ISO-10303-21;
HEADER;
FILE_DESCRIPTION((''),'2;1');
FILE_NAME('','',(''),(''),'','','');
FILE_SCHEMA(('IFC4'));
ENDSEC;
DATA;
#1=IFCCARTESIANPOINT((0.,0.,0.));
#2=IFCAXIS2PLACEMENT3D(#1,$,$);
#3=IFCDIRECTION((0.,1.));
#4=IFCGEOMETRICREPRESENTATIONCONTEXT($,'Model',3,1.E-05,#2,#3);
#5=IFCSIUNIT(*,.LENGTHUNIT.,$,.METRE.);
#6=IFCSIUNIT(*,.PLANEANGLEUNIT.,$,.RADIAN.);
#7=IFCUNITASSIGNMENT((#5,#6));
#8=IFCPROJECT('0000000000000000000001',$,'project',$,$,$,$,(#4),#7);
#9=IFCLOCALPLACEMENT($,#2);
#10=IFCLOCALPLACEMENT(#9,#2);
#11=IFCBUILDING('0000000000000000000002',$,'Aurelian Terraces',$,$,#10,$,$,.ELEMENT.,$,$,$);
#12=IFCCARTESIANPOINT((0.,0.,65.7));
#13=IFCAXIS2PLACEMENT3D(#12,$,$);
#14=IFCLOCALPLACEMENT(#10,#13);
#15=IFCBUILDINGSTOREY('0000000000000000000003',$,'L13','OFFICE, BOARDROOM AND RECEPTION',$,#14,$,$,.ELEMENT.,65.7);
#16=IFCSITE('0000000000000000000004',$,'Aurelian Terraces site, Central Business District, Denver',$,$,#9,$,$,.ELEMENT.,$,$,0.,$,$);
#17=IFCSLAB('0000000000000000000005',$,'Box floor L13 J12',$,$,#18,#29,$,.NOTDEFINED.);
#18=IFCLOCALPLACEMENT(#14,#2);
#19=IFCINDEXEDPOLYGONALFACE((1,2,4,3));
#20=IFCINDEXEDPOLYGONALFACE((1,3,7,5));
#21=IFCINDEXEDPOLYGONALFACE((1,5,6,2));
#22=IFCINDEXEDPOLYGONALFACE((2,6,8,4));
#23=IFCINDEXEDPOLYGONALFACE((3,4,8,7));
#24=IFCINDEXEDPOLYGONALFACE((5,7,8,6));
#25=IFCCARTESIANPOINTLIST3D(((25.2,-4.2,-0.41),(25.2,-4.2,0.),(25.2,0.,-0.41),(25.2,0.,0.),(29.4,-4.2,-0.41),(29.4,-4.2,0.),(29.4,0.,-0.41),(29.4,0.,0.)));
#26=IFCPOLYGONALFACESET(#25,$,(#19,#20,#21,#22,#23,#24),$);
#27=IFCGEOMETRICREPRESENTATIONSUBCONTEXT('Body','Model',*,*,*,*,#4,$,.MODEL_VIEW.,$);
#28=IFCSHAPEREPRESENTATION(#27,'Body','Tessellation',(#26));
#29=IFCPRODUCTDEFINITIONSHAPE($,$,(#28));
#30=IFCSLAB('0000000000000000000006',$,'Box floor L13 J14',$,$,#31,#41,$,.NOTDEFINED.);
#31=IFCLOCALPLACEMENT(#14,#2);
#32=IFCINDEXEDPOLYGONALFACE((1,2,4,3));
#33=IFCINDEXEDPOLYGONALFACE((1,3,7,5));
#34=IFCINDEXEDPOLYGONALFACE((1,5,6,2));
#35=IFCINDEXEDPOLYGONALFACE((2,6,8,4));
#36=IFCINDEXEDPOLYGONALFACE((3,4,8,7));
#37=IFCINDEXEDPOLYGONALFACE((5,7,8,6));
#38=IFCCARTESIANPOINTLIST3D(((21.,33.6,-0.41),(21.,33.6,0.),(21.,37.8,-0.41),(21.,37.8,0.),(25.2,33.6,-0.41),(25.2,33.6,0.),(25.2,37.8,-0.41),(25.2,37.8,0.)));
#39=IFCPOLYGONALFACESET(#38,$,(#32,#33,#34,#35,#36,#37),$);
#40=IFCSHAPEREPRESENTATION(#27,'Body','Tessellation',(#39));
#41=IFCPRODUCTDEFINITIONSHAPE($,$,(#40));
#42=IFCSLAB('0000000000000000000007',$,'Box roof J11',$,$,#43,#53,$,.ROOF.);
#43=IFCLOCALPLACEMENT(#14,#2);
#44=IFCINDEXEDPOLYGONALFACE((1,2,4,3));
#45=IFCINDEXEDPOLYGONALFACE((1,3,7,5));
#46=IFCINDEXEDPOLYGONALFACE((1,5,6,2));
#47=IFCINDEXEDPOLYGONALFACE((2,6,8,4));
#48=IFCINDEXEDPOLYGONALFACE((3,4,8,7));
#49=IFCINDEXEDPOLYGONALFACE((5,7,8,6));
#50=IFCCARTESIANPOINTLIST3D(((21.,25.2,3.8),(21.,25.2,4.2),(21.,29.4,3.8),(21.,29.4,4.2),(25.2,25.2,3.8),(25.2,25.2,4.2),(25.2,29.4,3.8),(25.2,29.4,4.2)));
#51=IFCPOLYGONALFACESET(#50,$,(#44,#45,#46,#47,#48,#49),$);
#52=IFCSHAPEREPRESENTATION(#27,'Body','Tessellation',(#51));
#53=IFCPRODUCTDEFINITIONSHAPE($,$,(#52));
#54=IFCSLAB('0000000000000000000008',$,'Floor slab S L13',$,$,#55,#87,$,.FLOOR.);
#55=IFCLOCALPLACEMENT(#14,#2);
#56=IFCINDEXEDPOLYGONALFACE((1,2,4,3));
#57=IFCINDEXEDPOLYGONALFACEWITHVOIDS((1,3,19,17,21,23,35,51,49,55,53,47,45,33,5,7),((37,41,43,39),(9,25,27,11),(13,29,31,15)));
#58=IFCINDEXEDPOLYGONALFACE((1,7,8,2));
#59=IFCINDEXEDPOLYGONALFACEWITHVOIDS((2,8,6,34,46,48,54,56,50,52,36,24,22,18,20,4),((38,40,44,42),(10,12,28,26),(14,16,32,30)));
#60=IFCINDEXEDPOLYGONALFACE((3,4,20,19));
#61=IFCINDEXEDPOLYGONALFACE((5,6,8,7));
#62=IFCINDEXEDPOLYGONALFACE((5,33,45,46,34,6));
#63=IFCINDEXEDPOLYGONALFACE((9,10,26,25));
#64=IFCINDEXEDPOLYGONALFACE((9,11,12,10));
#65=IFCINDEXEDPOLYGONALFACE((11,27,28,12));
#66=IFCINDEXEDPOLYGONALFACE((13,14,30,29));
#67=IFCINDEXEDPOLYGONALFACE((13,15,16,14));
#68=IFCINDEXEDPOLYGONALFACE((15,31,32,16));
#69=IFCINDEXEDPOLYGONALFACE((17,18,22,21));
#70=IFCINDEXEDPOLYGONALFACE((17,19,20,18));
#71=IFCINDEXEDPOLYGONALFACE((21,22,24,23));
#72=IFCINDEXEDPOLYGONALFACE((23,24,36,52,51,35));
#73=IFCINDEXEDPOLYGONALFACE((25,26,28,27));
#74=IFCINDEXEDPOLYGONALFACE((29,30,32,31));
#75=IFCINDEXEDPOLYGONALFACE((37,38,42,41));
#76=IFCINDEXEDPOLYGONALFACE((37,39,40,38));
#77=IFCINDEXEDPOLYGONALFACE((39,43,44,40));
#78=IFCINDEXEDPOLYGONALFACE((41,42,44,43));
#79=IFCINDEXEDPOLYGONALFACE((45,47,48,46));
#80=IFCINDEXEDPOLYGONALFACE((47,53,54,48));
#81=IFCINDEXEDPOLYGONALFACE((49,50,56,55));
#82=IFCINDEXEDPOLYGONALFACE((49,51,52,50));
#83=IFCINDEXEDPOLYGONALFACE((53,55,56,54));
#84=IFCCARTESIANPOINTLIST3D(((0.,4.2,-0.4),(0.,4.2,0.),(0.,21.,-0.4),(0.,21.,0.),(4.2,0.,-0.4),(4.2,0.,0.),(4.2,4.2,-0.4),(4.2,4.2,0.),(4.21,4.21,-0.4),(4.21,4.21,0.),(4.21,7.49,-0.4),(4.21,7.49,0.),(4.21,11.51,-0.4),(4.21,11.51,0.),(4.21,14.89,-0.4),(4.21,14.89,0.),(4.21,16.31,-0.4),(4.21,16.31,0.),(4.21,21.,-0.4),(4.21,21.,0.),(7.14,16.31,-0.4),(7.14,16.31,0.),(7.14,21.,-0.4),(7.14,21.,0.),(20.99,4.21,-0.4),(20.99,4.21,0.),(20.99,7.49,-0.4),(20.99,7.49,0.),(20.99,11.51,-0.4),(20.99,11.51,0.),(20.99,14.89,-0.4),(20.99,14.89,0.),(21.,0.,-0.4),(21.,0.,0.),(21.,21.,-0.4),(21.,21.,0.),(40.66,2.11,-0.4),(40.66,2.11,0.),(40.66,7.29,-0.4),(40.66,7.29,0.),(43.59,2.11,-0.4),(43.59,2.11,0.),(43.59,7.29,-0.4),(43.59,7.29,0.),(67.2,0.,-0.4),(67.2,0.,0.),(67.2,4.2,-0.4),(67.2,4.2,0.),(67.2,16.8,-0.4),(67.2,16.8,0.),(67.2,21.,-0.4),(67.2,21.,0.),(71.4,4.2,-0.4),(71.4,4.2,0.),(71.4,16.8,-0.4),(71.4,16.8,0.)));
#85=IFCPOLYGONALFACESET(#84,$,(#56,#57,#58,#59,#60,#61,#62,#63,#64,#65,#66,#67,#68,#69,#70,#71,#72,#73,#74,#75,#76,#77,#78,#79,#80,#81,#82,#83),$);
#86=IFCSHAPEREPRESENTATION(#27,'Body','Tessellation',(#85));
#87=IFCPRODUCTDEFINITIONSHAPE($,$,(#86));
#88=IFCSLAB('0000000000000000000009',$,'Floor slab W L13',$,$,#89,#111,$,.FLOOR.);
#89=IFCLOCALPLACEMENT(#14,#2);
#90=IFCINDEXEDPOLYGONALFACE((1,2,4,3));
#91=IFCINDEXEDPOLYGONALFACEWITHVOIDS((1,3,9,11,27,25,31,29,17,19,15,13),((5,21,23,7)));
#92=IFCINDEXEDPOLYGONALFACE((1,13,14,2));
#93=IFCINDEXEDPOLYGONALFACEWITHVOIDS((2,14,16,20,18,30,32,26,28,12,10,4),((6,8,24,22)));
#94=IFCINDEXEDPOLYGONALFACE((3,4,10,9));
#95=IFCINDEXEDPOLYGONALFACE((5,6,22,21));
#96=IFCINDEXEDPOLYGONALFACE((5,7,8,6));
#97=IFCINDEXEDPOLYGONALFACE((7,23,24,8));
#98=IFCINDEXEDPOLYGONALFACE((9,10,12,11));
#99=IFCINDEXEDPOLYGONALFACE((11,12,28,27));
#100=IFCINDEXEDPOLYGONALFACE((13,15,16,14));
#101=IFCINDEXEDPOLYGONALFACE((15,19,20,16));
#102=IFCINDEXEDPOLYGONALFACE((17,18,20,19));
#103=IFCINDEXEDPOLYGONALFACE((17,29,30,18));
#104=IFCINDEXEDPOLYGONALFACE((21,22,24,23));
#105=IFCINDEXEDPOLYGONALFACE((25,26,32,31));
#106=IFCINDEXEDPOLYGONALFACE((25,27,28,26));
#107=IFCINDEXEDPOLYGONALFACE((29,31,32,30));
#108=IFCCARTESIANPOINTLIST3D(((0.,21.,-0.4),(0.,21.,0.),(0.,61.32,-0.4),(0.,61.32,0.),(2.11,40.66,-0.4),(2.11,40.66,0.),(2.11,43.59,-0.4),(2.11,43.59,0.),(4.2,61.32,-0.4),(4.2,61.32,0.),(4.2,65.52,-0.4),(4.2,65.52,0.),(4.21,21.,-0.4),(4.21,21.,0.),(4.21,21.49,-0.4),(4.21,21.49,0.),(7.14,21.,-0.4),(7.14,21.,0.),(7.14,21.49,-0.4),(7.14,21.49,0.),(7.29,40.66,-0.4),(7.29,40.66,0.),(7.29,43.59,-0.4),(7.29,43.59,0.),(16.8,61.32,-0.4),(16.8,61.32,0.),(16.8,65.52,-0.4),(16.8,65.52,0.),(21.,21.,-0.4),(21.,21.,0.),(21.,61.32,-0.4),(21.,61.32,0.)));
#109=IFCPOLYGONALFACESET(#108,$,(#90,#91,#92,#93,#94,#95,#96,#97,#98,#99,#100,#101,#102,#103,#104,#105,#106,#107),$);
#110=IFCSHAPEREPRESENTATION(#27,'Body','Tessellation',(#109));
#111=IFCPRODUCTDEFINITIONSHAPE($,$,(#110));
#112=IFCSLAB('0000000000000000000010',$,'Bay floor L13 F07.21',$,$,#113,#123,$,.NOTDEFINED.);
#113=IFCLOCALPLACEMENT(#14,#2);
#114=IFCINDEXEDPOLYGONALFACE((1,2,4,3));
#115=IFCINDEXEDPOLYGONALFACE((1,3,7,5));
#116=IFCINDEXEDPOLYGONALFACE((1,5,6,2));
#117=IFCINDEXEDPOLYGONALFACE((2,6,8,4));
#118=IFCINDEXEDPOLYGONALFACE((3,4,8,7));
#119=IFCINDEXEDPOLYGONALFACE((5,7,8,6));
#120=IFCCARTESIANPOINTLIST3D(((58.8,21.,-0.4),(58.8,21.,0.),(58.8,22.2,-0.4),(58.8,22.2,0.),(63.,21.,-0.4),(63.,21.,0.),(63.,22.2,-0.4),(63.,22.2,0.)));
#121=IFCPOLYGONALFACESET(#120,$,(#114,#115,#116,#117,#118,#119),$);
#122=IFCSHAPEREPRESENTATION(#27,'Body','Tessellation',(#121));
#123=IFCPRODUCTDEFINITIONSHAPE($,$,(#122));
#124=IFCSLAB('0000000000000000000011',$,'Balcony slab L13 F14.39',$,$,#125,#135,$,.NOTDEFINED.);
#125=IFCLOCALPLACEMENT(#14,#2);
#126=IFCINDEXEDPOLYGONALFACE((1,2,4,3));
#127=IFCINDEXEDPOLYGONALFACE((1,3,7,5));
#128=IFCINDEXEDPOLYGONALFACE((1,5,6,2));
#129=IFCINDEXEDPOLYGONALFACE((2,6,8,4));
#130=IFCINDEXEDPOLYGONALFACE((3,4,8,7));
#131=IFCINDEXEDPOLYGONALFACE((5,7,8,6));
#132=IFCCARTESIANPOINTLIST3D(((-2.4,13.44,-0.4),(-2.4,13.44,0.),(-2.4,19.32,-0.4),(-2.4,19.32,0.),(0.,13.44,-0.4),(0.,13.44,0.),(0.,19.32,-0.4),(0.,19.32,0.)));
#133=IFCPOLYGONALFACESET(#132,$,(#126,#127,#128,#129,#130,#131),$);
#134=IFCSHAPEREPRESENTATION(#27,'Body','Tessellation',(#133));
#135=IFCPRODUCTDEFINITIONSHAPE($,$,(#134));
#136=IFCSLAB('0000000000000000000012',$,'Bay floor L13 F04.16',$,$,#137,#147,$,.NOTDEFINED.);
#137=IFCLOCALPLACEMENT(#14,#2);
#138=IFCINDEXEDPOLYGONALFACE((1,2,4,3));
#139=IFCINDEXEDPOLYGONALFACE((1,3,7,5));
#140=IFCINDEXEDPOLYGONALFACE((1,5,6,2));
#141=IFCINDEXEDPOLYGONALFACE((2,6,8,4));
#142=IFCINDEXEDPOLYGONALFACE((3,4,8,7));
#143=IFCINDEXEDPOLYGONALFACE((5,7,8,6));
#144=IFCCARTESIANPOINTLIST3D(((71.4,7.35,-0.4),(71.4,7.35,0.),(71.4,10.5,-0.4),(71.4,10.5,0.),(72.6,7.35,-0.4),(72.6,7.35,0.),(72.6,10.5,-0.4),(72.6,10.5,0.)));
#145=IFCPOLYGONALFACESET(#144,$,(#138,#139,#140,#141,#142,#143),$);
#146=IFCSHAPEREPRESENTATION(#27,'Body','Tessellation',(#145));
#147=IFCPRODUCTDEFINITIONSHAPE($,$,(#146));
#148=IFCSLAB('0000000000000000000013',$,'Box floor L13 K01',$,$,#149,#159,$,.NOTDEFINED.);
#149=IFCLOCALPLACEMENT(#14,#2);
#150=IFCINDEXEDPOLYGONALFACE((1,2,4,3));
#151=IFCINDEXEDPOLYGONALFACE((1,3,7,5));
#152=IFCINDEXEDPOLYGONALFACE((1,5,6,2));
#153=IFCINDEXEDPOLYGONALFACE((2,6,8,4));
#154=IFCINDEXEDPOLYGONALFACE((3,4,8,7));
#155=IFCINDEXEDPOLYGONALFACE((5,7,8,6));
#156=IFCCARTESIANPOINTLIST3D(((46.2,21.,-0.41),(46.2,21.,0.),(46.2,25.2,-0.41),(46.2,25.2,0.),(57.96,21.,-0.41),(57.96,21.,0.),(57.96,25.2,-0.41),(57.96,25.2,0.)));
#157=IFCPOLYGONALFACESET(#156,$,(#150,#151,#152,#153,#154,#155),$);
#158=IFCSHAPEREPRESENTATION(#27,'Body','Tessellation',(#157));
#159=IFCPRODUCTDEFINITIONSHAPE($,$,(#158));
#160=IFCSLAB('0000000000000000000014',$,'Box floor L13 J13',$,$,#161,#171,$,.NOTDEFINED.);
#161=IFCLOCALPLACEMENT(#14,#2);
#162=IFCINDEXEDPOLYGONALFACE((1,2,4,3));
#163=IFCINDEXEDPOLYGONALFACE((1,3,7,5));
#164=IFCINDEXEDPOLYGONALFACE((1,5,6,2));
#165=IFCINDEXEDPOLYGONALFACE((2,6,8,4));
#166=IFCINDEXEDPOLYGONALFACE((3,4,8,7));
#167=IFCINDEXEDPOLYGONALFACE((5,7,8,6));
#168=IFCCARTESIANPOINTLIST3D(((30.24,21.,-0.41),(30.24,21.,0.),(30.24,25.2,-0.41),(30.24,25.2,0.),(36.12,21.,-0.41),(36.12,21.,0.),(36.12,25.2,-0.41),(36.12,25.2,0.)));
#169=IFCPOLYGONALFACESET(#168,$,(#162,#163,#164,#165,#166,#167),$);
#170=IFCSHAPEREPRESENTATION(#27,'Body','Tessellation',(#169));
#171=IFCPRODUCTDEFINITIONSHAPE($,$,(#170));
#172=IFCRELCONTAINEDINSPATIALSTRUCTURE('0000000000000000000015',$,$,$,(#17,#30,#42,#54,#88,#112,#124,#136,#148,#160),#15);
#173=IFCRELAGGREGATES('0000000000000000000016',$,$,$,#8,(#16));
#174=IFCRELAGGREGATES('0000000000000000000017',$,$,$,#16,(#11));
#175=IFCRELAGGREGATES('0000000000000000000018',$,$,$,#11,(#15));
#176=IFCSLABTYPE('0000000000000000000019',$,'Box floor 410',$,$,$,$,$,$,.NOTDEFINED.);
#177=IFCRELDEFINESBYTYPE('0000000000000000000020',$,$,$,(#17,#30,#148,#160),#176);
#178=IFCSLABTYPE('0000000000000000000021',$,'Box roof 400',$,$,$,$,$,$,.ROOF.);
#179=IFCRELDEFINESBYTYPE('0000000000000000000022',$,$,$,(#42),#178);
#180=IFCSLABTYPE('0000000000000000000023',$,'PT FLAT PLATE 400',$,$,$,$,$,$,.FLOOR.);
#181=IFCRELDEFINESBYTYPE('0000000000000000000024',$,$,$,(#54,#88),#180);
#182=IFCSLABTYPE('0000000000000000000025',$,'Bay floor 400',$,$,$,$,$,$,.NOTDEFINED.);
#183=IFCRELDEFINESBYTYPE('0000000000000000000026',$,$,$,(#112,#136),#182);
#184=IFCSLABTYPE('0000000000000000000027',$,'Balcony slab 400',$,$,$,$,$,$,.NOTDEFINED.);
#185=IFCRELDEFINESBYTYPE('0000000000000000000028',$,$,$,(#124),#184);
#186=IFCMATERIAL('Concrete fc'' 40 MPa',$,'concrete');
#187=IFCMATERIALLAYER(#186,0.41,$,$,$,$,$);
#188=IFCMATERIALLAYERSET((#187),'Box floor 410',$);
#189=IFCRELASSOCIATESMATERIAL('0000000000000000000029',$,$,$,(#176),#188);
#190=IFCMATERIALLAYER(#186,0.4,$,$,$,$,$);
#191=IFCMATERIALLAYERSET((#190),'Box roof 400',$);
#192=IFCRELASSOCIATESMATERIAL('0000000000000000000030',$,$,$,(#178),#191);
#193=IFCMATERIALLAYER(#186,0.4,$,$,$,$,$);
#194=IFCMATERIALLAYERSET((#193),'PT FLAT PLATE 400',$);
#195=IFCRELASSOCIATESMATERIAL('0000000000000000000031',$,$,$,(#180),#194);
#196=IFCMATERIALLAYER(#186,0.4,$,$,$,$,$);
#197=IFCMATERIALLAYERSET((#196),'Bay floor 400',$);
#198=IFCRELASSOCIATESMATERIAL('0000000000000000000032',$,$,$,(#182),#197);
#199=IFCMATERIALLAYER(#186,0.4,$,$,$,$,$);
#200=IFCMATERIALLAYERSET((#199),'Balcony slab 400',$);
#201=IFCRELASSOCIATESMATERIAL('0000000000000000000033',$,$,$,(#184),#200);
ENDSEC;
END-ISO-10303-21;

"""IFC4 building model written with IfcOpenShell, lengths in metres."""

from ifc_helpers import new_model, si_unit, direction, frame, origin, place, context, subcontext, project, spatial, polyline, outline, extrude, source, transform, mapped, material, layer, layer_set, type_object, element, save


model = new_model("IFC4")

# Units and contexts
model_context = context("Model", 3, precision=1e-05, world=origin(), true_north=direction((0.0, 1.0)))
body_context = subcontext(model_context, "Body", "Model", "MODEL_VIEW")
ifc_project = project(units=[si_unit("LENGTHUNIT", "METRE"), si_unit("PLANEANGLEUNIT", "RADIAN")], contexts=[model_context])

# Site, building, storey
site_placement = place(None, origin())
site = spatial("IfcSite", under=ifc_project, at=site_placement, Name="Aurelian Terraces site, Central Business District, Denver", CompositionType="ELEMENT", RefElevation=0.0)
building_placement = place(site_placement, origin())
building = spatial("IfcBuilding", under=site, at=building_placement, Name="Aurelian Terraces", CompositionType="ELEMENT")
storey_placement = place(building_placement, frame((0.0, 0.0, 65.7)))
storey = spatial("IfcBuildingStorey", under=building, at=storey_placement, Name="L13", Description="OFFICE, BOARDROOM AND RECEPTION", CompositionType="ELEMENT", Elevation=65.7)

# Slabs
ifc_material_1 = material(Name="Concrete fc' 40 MPa", Category="concrete")
ifc_layer_1 = layer(ifc_material_1, 0.41)
ifc_layer_set_1 = layer_set([ifc_layer_1], Name="Box floor 410")
slab_type_1 = type_object("IfcSlabType", Name="Box floor 410", PredefinedType="NOTDEFINED", material=ifc_layer_set_1)
slab_1_placement = place(storey_placement, frame((0.0, 0.0, -0.41)))
element("IfcSlab", 1, at=slab_1_placement, inside=storey, type_object=slab_type_1, Name="Box floor L13 J12", PredefinedType="NOTDEFINED", context=body_context, shape_type="SweptSolid", body=[
    extrude(outline(polyline([(25.2, -4.2), (29.4, -4.2), (29.4, 0.0), (25.2, 0.0), (25.2, -4.2)])), origin(), (0.0, 0.0, 1.0), 0.41),
])
slab_2_placement = place(storey_placement, frame((0.0, 0.0, -0.41)))
element("IfcSlab", 2, at=slab_2_placement, inside=storey, type_object=slab_type_1, Name="Box floor L13 J14", PredefinedType="NOTDEFINED", context=body_context, shape_type="SweptSolid", body=[
    extrude(outline(polyline([(25.2, 33.6), (25.2, 37.8), (21.0, 37.8), (21.0, 33.6), (25.2, 33.6)])), origin(), (0.0, 0.0, 1.0), 0.41),
])
ifc_layer_2 = layer(ifc_material_1, 0.4)
ifc_layer_set_2 = layer_set([ifc_layer_2], Name="Box roof 400")
slab_type_2 = type_object("IfcSlabType", Name="Box roof 400", PredefinedType="ROOF", material=ifc_layer_set_2)
slab_3_placement = place(storey_placement, frame((0.0, 0.0, 3.8)))
element("IfcSlab", 3, at=slab_3_placement, inside=storey, type_object=slab_type_2, Name="Box roof J11", PredefinedType="ROOF", context=body_context, shape_type="SweptSolid", body=[
    extrude(outline(polyline([(25.2, 25.2), (25.2, 29.4), (21.0, 29.4), (21.0, 25.2), (25.2, 25.2)])), origin(), (0.0, 0.0, 1.0), 0.4),
])
ifc_layer_3 = layer(ifc_material_1, 0.4)
ifc_layer_set_3 = layer_set([ifc_layer_3], Name="PT FLAT PLATE 400")
slab_type_3 = type_object("IfcSlabType", Name="PT FLAT PLATE 400", PredefinedType="FLOOR", material=ifc_layer_set_3)
shared_shape_1 = source(origin(), body_context, "Body", "SweptSolid", [
    extrude(outline(polyline([(67.2, 16.8), (71.4, 16.8), (71.4, 4.2), (67.2, 4.2), (67.2, 0.0), (21.0, 0.0), (4.2, 0.0), (4.2, 4.2), (0.0, 4.2), (0.0, 21.0), (4.21, 21.0), (4.21, 16.31), (7.14, 16.31), (7.14, 21.0), (21.0, 21.0), (67.2, 21.0), (67.2, 16.8)]), holes=[polyline([(40.66, 2.11), (43.59, 2.11), (43.59, 7.29), (40.66, 7.29), (40.66, 2.11)]), polyline([(4.21, 7.49), (4.21, 4.21), (20.99, 4.21), (20.99, 7.49), (4.21, 7.49)]), polyline([(4.21, 14.89), (4.21, 11.51), (20.99, 11.51), (20.99, 14.89), (4.21, 14.89)])]), origin(), (0.0, 0.0, 1.0), 0.4),
])
slab_4_placement = place(storey_placement, frame((0.0, 0.0, -0.4)))
element("IfcSlab", 4, at=slab_4_placement, inside=storey, type_object=slab_type_3, Name="Floor slab S L13", PredefinedType="FLOOR", context=body_context, shape_type="MappedRepresentation", body=[
    mapped(shared_shape_1, transform((0.0, 0.0, 0.0), scale=1.0)),
])
shared_shape_2 = source(origin(), body_context, "Body", "SweptSolid", [
    extrude(outline(polyline([(7.14, 21.0), (7.14, 21.49), (4.21, 21.49), (4.21, 21.0), (0.0, 21.0), (0.0, 61.32), (4.2, 61.32), (4.2, 65.52), (16.8, 65.52), (16.8, 61.32), (21.0, 61.32), (21.0, 21.0), (7.14, 21.0)]), holes=[polyline([(7.29, 43.59), (2.11, 43.59), (2.11, 40.66), (7.29, 40.66), (7.29, 43.59)])]), origin(), (0.0, 0.0, 1.0), 0.4),
])
slab_5_placement = place(storey_placement, frame((0.0, 0.0, -0.4)))
element("IfcSlab", 5, at=slab_5_placement, inside=storey, type_object=slab_type_3, Name="Floor slab W L13", PredefinedType="FLOOR", context=body_context, shape_type="MappedRepresentation", body=[
    mapped(shared_shape_2, transform((0.0, 0.0, 0.0), scale=1.0)),
])
ifc_layer_4 = layer(ifc_material_1, 0.4)
ifc_layer_set_4 = layer_set([ifc_layer_4], Name="Bay floor 400")
slab_type_4 = type_object("IfcSlabType", Name="Bay floor 400", PredefinedType="NOTDEFINED", material=ifc_layer_set_4)
shared_shape_3 = source(origin(), body_context, "Body", "SweptSolid", [
    extrude(outline(polyline([(63.0, 21.0), (58.8, 21.0), (58.8, 22.2), (63.0, 22.2), (63.0, 21.0)])), origin(), (0.0, 0.0, 1.0), 0.4),
])
slab_6_placement = place(storey_placement, frame((0.0, 0.0, -0.4)))
element("IfcSlab", 6, at=slab_6_placement, inside=storey, type_object=slab_type_4, Name="Bay floor L13 F07.21", PredefinedType="NOTDEFINED", context=body_context, shape_type="MappedRepresentation", body=[
    mapped(shared_shape_3, transform((0.0, 0.0, 0.0), scale=1.0)),
])
ifc_layer_5 = layer(ifc_material_1, 0.4)
ifc_layer_set_5 = layer_set([ifc_layer_5], Name="Balcony slab 400")
slab_type_5 = type_object("IfcSlabType", Name="Balcony slab 400", PredefinedType="NOTDEFINED", material=ifc_layer_set_5)
shared_shape_4 = source(origin(), body_context, "Body", "SweptSolid", [
    extrude(outline(polyline([(0.0, 19.32), (0.0, 13.44), (-2.4, 13.44), (-2.4, 19.32), (0.0, 19.32)])), origin(), (0.0, 0.0, 1.0), 0.4),
])
slab_7_placement = place(storey_placement, frame((0.0, 0.0, -0.4)))
element("IfcSlab", 7, at=slab_7_placement, inside=storey, type_object=slab_type_5, Name="Balcony slab L13 F14.39", PredefinedType="NOTDEFINED", context=body_context, shape_type="MappedRepresentation", body=[
    mapped(shared_shape_4, transform((0.0, 0.0, 0.0), scale=1.0)),
])
shared_shape_5 = source(origin(), body_context, "Body", "SweptSolid", [
    extrude(outline(polyline([(71.4, 7.35), (71.4, 10.5), (72.6, 10.5), (72.6, 7.35), (71.4, 7.35)])), origin(), (0.0, 0.0, 1.0), 0.4),
])
slab_8_placement = place(storey_placement, frame((0.0, 0.0, -0.4)))
element("IfcSlab", 8, at=slab_8_placement, inside=storey, type_object=slab_type_4, Name="Bay floor L13 F04.16", PredefinedType="NOTDEFINED", context=body_context, shape_type="MappedRepresentation", body=[
    mapped(shared_shape_5, transform((0.0, 0.0, 0.0), scale=1.0)),
])
shared_shape_6 = source(origin(), body_context, "Body", "SweptSolid", [
    extrude(outline(polyline([(57.96, 25.2), (46.2, 25.2), (46.2, 21.0), (57.96, 21.0), (57.96, 25.2)])), origin(), (0.0, 0.0, 1.0), 0.41),
])
slab_9_placement = place(storey_placement, frame((0.0, 0.0, -0.41)))
element("IfcSlab", 9, at=slab_9_placement, inside=storey, type_object=slab_type_1, Name="Box floor L13 K01", PredefinedType="NOTDEFINED", context=body_context, shape_type="MappedRepresentation", body=[
    mapped(shared_shape_6, transform((0.0, 0.0, 0.0), scale=1.0)),
])
shared_shape_7 = source(origin(), body_context, "Body", "SweptSolid", [
    extrude(outline(polyline([(36.12, 25.2), (30.24, 25.2), (30.24, 21.0), (36.12, 21.0), (36.12, 25.2)])), origin(), (0.0, 0.0, 1.0), 0.41),
])
slab_10_placement = place(storey_placement, frame((0.0, 0.0, -0.41)))
element("IfcSlab", 10, at=slab_10_placement, inside=storey, type_object=slab_type_1, Name="Box floor L13 J13", PredefinedType="NOTDEFINED", context=body_context, shape_type="MappedRepresentation", body=[
    mapped(shared_shape_7, transform((0.0, 0.0, 0.0), scale=1.0)),
])

save(model, "model.ifc")
